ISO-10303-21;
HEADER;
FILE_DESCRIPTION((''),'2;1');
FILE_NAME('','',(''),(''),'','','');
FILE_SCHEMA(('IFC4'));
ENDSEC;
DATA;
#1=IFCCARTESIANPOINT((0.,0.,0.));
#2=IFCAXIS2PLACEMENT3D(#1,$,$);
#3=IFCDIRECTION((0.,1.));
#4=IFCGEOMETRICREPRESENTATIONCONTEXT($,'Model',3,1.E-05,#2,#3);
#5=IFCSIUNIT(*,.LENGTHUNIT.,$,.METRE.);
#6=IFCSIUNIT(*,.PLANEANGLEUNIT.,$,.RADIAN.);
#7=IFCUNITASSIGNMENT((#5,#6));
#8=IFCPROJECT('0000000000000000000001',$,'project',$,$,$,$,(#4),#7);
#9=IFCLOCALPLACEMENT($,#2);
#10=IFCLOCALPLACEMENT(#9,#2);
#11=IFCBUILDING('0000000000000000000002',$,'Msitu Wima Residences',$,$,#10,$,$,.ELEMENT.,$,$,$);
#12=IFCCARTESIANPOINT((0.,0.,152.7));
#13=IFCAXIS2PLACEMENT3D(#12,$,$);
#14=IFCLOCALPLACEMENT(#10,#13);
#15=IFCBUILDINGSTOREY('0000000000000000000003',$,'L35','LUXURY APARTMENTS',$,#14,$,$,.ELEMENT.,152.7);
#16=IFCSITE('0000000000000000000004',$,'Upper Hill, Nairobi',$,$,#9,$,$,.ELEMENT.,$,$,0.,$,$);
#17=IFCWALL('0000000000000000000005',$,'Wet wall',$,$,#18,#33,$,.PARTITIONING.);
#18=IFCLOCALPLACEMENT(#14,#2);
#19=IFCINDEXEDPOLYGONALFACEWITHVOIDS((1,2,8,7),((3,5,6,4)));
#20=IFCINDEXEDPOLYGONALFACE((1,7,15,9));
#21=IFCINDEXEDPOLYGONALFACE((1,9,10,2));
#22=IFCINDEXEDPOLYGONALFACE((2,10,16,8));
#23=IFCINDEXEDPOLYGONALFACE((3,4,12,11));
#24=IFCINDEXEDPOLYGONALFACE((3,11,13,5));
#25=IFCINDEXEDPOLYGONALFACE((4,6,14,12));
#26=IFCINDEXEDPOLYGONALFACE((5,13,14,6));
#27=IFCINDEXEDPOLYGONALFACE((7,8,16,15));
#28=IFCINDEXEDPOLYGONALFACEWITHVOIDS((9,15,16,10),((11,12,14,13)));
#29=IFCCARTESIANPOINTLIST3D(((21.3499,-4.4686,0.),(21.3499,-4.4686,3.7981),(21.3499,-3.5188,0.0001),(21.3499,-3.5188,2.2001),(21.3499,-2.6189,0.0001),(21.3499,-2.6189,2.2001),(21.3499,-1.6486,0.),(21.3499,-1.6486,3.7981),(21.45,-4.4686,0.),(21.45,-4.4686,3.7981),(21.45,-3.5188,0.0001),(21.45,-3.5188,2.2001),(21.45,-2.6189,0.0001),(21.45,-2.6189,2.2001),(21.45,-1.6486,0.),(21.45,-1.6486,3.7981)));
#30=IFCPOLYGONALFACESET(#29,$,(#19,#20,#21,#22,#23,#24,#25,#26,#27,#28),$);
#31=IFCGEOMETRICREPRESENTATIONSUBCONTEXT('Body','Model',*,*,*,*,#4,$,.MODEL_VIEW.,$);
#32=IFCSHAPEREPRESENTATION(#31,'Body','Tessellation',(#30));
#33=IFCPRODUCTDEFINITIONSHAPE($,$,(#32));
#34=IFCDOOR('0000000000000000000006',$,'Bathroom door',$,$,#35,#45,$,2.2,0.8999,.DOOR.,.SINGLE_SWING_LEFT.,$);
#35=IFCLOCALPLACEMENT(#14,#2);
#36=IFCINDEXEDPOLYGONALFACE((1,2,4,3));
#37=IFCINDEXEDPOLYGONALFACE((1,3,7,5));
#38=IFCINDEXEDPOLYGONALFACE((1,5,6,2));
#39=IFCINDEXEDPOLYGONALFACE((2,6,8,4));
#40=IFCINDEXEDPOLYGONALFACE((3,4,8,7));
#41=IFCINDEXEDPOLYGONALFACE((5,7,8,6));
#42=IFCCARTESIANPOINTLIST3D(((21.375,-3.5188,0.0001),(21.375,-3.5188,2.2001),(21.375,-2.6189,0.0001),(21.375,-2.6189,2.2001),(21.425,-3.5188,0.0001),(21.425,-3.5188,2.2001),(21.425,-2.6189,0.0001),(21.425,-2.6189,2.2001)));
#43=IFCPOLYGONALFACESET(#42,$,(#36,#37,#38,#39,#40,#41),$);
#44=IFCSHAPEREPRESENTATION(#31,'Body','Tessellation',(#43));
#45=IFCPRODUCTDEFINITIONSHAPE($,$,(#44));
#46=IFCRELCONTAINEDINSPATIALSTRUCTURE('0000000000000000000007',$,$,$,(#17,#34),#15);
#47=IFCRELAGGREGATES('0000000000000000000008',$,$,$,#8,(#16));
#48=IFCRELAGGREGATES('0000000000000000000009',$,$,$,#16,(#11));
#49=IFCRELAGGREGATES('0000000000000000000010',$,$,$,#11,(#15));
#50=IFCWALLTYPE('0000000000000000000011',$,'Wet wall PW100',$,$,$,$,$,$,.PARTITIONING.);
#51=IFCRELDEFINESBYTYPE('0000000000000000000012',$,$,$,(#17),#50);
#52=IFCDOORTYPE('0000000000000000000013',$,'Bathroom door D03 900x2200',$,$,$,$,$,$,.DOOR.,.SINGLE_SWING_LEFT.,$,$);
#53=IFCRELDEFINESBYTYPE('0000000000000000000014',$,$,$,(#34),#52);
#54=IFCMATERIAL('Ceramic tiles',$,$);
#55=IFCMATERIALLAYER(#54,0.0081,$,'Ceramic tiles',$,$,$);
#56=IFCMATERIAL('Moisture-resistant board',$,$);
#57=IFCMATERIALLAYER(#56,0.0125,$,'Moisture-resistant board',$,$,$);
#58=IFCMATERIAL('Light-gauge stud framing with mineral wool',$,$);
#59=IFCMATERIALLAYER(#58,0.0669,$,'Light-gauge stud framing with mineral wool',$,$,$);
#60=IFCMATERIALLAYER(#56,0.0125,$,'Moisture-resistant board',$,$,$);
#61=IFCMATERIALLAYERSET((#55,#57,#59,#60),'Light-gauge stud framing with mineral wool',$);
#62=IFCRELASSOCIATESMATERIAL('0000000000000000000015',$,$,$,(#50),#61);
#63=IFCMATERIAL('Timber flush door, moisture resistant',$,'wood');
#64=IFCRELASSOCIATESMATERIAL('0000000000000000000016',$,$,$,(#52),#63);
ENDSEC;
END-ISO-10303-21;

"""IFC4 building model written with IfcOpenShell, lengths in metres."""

from ifc_helpers import new_model, si_unit, direction, frame, frame_2d, origin, place, context, subcontext, project, spatial, rectangle, extrude, material, layer, layer_set, type_object, element, fill, save


model = new_model("IFC4")

# Units and contexts
model_context = context("Model", 3, precision=1e-05, world=origin(), true_north=direction((0.0, 1.0)))
body_context = subcontext(model_context, "Body", "Model", "MODEL_VIEW")
ifc_project = project(units=[si_unit("LENGTHUNIT", "METRE"), si_unit("PLANEANGLEUNIT", "RADIAN")], contexts=[model_context])

# Site, building, storey
site_placement = place(None, origin())
site = spatial("IfcSite", under=ifc_project, at=site_placement, Name="Upper Hill, Nairobi", CompositionType="ELEMENT", RefElevation=0.0)
building_placement = place(site_placement, origin())
building = spatial("IfcBuilding", under=site, at=building_placement, Name="Msitu Wima Residences", CompositionType="ELEMENT")
storey_placement = place(building_placement, frame((0.0, 0.0, 152.7)))
storey = spatial("IfcBuildingStorey", under=building, at=storey_placement, Name="L35", Description="LUXURY APARTMENTS", CompositionType="ELEMENT", Elevation=152.7)

# Shared definitions
ifc_material_1 = material(Name="Ceramic tiles")
ifc_layer_1 = layer(ifc_material_1, 0.0081, Name="Ceramic tiles")
ifc_material_2 = material(Name="Moisture-resistant board")
ifc_layer_2 = layer(ifc_material_2, 0.0125, Name="Moisture-resistant board")
ifc_material_3 = material(Name="Light-gauge stud framing with mineral wool")
ifc_layer_3 = layer(ifc_material_3, 0.0669, Name="Light-gauge stud framing with mineral wool")
ifc_layer_4 = layer(ifc_material_2, 0.0125, Name="Moisture-resistant board")
ifc_layer_set_1 = layer_set([ifc_layer_1, ifc_layer_2, ifc_layer_3, ifc_layer_4], Name="Light-gauge stud framing with mineral wool")
wall_type_1 = type_object("IfcWallType", Name="Wet wall PW100", PredefinedType="PARTITIONING", material=ifc_layer_set_1)

# Wall, opening, door
wall_1_placement = place(storey_placement, frame((21.3999, -4.4688, 0.0), z_axis=(0.0, 0.0, 1.0), x_axis=(0.0, 1.0, 0.0)))
wall_1 = element("IfcWall", 1, at=wall_1_placement, inside=storey, type_object=wall_type_1, Name="Wet wall", PredefinedType="PARTITIONING", context=body_context, shape_type="SweptSolid", body=[
    extrude(rectangle(XDim=2.8201, YDim=0.1001, at=frame_2d((1.4102, 0.0))), origin(), (0.0, 0.0, 1.0), 3.7981),
])
opening_1_placement = place(wall_1_placement, frame((0.95, 0.0, 0.0)))
opening_1 = element("IfcOpeningElement", 2, at=opening_1_placement, cuts=wall_1, PredefinedType="OPENING", context=body_context, shape_type="SweptSolid", body=[
    extrude(rectangle(XDim=0.8999, YDim=2.2, at=frame_2d((0.45, 1.1001))), frame((0.0, 0.0601, 0.0), z_axis=(0.0, -1.0, 0.0), x_axis=(1.0, 0.0, 0.0)), (0.0, 0.0, 1.0), 0.1201),
])
ifc_material_4 = material(Name="Timber flush door, moisture resistant", Category="wood")
door_type_1 = type_object("IfcDoorType", Name="Bathroom door D03 900x2200", OperationType="SINGLE_SWING_LEFT", PredefinedType="DOOR", material=ifc_material_4)
door_1_placement = place(opening_1_placement, origin())
door_1 = element("IfcDoor", 3, at=door_1_placement, inside=storey, type_object=door_type_1, Name="Bathroom door", OperationType="SINGLE_SWING_LEFT", OverallHeight=2.2, OverallWidth=0.8999, PredefinedType="DOOR", context=body_context, shape_type="SweptSolid", body=[
    extrude(rectangle(XDim=0.8999, YDim=2.2, at=frame_2d((0.45, 1.1001))), frame((0.0, 0.0249, 0.0), z_axis=(0.0, -1.0, 0.0), x_axis=(1.0, 0.0, 0.0)), (0.0, 0.0, 1.0), 0.05),
])
fill(opening_1, door_1)

save(model, "model.ifc")
